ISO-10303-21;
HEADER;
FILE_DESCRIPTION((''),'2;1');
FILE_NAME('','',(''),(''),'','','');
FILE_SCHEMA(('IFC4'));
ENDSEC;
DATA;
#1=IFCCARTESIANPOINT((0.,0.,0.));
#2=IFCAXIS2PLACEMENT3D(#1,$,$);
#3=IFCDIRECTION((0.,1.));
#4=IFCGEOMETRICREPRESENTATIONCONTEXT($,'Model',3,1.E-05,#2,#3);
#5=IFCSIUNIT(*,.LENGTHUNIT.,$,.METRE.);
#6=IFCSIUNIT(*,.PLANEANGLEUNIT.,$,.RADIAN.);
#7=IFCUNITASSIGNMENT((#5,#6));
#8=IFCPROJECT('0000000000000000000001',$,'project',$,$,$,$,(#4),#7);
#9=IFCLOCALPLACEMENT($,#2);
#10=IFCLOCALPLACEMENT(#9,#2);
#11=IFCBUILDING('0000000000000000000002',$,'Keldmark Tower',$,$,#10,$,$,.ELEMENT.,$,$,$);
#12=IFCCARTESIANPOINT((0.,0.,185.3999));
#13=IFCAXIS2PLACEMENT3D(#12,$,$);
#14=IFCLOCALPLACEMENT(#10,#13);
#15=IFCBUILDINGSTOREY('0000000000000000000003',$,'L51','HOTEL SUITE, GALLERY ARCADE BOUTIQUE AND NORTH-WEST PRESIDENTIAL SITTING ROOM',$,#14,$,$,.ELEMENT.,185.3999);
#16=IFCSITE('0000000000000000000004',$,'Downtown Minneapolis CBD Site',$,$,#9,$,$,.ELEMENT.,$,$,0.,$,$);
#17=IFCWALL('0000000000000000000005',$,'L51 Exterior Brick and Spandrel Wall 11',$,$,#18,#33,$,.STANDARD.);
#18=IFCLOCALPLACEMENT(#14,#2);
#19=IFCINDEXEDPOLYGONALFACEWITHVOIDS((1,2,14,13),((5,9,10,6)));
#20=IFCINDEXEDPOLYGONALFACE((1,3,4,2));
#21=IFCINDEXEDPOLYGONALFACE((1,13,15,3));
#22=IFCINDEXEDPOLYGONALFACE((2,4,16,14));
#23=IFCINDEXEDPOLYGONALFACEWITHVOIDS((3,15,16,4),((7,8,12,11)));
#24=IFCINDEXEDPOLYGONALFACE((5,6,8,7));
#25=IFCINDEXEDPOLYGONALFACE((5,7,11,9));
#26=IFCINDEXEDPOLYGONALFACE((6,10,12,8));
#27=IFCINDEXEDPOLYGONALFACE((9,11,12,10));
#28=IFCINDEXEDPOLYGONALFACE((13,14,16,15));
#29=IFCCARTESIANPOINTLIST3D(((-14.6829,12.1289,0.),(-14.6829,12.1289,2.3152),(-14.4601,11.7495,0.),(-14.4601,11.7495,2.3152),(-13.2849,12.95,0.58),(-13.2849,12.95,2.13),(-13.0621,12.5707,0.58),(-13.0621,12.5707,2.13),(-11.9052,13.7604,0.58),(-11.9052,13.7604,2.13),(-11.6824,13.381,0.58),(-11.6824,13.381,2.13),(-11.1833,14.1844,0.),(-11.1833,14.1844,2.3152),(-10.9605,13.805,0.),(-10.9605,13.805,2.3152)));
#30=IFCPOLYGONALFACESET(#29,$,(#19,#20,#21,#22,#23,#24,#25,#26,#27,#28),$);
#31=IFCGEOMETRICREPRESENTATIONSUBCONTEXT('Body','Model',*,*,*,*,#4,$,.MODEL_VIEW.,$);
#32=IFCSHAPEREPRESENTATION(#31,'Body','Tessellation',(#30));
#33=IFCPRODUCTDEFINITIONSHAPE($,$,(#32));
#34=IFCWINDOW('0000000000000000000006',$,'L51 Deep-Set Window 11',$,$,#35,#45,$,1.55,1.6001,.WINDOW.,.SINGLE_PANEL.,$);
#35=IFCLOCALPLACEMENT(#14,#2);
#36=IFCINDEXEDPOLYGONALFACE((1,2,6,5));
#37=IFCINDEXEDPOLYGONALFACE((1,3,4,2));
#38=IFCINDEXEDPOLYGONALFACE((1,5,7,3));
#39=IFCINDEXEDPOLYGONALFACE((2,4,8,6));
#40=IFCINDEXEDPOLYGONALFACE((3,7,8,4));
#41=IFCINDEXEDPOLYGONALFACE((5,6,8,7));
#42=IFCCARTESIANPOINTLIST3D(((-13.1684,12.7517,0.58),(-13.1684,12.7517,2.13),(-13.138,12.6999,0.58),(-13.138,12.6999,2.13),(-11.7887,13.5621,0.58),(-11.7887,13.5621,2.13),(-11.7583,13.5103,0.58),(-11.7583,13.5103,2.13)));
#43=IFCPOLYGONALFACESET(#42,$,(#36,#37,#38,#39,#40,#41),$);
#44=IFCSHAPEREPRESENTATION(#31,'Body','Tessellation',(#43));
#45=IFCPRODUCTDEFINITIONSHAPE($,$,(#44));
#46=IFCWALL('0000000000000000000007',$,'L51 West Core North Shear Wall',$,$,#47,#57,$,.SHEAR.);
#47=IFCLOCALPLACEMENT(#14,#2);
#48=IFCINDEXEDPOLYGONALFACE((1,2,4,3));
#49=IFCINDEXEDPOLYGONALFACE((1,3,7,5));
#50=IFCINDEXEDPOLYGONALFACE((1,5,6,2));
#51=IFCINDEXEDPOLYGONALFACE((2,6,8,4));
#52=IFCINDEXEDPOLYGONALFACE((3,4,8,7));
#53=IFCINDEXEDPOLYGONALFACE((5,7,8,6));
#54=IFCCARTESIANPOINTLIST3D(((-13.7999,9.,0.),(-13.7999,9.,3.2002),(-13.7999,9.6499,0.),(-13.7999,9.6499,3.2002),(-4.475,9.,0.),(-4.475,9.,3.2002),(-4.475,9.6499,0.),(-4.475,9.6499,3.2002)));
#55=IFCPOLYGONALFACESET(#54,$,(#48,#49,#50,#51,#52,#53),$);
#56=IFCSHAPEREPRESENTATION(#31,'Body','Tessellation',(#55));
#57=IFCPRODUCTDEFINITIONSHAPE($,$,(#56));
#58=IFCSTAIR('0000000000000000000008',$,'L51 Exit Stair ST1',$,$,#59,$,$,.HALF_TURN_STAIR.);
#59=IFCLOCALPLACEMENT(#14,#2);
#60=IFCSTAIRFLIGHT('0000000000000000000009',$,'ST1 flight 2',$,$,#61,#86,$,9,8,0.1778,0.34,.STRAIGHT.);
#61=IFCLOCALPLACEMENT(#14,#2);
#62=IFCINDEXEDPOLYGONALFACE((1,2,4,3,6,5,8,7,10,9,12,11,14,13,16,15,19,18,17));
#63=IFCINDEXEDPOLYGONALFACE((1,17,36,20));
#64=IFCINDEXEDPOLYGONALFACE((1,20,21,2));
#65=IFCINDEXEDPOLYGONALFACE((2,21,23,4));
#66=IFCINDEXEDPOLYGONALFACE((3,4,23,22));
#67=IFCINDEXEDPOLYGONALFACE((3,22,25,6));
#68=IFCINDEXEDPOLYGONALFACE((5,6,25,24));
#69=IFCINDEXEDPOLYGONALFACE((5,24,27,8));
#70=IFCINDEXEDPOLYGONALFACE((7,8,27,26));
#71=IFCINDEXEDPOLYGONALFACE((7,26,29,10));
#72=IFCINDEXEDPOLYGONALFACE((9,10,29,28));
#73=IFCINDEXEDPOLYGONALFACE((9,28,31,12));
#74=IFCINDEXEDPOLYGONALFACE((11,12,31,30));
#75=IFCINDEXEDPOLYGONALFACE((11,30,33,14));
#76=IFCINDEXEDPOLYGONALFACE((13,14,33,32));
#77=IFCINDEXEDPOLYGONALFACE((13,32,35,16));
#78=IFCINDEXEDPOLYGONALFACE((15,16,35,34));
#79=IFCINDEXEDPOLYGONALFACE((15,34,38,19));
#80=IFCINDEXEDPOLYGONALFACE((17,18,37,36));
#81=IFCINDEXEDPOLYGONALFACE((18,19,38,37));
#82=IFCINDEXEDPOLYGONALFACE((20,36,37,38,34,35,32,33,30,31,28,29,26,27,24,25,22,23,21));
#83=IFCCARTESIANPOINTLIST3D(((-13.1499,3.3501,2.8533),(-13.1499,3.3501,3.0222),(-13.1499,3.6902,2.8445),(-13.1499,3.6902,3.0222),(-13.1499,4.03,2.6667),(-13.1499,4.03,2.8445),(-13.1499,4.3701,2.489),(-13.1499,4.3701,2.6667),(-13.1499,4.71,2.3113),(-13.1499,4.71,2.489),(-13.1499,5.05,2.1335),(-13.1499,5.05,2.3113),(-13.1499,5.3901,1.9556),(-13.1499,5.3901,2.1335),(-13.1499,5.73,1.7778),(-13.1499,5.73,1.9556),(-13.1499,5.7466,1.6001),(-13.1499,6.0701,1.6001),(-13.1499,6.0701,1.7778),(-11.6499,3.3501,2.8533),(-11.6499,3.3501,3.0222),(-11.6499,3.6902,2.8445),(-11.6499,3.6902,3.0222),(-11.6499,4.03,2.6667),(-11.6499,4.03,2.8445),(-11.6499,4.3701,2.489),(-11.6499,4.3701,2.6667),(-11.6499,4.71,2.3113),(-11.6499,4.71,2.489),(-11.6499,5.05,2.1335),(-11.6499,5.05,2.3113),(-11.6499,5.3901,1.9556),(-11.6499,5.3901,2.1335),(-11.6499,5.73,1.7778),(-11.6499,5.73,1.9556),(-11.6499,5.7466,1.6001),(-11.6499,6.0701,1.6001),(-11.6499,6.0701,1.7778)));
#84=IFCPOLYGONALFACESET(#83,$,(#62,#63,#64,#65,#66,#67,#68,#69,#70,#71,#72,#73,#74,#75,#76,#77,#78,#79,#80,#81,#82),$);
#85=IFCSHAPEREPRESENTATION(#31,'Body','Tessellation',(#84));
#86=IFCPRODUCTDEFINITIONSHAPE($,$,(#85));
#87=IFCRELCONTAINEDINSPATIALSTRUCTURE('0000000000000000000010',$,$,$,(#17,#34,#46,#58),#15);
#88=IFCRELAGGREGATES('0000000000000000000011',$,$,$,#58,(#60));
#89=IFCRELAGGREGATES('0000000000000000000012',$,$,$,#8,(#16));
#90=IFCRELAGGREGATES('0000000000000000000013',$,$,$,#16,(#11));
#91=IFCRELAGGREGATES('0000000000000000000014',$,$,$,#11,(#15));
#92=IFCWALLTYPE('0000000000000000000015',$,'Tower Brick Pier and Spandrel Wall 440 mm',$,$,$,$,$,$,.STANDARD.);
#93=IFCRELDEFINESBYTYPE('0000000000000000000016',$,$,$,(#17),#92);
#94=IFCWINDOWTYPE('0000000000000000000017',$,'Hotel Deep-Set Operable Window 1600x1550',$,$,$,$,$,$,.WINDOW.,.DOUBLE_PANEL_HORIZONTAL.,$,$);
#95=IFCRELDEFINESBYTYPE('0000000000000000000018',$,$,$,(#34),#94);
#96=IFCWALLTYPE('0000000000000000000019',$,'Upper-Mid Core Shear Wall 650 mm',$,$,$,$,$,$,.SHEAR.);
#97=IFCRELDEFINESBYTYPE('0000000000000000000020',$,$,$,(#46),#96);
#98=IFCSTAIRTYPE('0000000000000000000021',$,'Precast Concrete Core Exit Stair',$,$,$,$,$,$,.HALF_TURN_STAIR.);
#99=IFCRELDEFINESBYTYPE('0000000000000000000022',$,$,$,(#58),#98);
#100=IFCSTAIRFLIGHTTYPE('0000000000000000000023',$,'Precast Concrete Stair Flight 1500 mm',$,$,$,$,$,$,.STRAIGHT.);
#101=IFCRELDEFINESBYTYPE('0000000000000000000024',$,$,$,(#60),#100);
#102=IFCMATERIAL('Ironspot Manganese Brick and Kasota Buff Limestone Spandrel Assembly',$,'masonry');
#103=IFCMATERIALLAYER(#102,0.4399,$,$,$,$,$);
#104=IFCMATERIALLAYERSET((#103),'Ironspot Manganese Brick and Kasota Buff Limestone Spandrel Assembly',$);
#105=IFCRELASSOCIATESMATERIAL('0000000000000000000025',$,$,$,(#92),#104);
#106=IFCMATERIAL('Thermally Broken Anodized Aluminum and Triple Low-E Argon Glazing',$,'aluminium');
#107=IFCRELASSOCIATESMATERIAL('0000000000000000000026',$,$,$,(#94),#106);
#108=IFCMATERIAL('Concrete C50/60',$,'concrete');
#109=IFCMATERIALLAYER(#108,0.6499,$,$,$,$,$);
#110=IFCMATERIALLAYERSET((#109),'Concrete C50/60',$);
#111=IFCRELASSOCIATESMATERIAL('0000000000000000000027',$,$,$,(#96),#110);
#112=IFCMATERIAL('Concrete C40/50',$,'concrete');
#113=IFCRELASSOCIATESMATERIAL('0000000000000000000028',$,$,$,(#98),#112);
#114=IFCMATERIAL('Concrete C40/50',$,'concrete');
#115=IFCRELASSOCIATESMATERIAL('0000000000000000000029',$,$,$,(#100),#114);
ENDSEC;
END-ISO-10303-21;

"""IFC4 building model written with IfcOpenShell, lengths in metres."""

from ifc_helpers import new_model, si_unit, direction, frame, frame_2d, origin, place, context, subcontext, project, spatial, polyline, rectangle, outline, extrude, material, layer, layer_set, type_object, element, fill, aggregate, save


model = new_model("IFC4")

# Units and contexts
model_context = context("Model", 3, precision=1e-05, world=origin(), true_north=direction((0.0, 1.0)))
body_context = subcontext(model_context, "Body", "Model", "MODEL_VIEW")
ifc_project = project(units=[si_unit("LENGTHUNIT", "METRE"), si_unit("PLANEANGLEUNIT", "RADIAN")], contexts=[model_context])

# Site, building, storey
site_placement = place(None, origin())
site = spatial("IfcSite", under=ifc_project, at=site_placement, Name="Downtown Minneapolis CBD Site", CompositionType="ELEMENT", RefElevation=0.0)
building_placement = place(site_placement, origin())
building = spatial("IfcBuilding", under=site, at=building_placement, Name="Keldmark Tower", CompositionType="ELEMENT")
storey_placement = place(building_placement, frame((0.0, 0.0, 185.3999)))
storey = spatial("IfcBuildingStorey", under=building, at=storey_placement, Name="L51", Description="HOTEL SUITE, GALLERY ARCADE BOUTIQUE AND NORTH-WEST PRESIDENTIAL SITTING ROOM", CompositionType="ELEMENT", Elevation=185.3999)

# Wall, opening, window
ifc_material_1 = material(Name="Ironspot Manganese Brick and Kasota Buff Limestone Spandrel Assembly", Category="masonry")
ifc_layer_1 = layer(ifc_material_1, 0.4399)
ifc_layer_set_1 = layer_set([ifc_layer_1], Name="Ironspot Manganese Brick and Kasota Buff Limestone Spandrel Assembly")
wall_type_1 = type_object("IfcWallType", Name="Tower Brick Pier and Spandrel Wall 440 mm", PredefinedType="STANDARD", material=ifc_layer_set_1)
ifc_material_2 = material(Name="Thermally Broken Anodized Aluminum and Triple Low-E Argon Glazing", Category="aluminium")
window_type = type_object("IfcWindowType", Name="Hotel Deep-Set Operable Window 1600x1550", PartitioningType="DOUBLE_PANEL_HORIZONTAL", PredefinedType="WINDOW", material=ifc_material_2)
wall_1_placement = place(storey_placement, frame((-14.5715, 11.9392, 0.0), z_axis=(0.0, 0.0, 1.0), x_axis=(0.86227, 0.50645, 0.0)))
wall_1 = element("IfcWall", 1, at=wall_1_placement, inside=storey, type_object=wall_type_1, Name="L51 Exterior Brick and Spandrel Wall 11", PredefinedType="STANDARD", context=body_context, shape_type="SweptSolid", body=[
    extrude(rectangle(XDim=4.0586, YDim=0.4399, at=frame_2d((2.0293, 0.0))), origin(), (0.0, 0.0, 1.0), 2.3152),
])
opening_1_placement = place(wall_1_placement, frame((1.6213, 0.0, 0.5801)))
opening_1 = element("IfcOpeningElement", 2, at=opening_1_placement, cuts=wall_1, PredefinedType="OPENING", context=body_context, shape_type="SweptSolid", body=[
    extrude(rectangle(XDim=1.6001, YDim=1.55, at=frame_2d((0.8, 0.7749))), frame((0.0, 0.23, 0.0), z_axis=(0.0, -1.0, 0.0), x_axis=(1.0, 0.0, 0.0)), (0.0, 0.0, 1.0), 0.46),
])
window_1_placement = place(opening_1_placement, origin())
window_1 = element("IfcWindow", 3, at=window_1_placement, inside=storey, type_object=window_type, Name="L51 Deep-Set Window 11", OverallHeight=1.55, OverallWidth=1.6001, PartitioningType="SINGLE_PANEL", PredefinedType="WINDOW", context=body_context, shape_type="SweptSolid", body=[
    extrude(rectangle(XDim=1.6001, YDim=1.55, at=frame_2d((0.8, 0.7749))), frame((0.0, -0.01, 0.0), z_axis=(0.0, -1.0, 0.0), x_axis=(1.0, 0.0, 0.0)), (0.0, 0.0, 1.0), 0.0601),
])
fill(opening_1, window_1)

# Wall
ifc_material_3 = material(Name="Concrete C50/60", Category="concrete")
ifc_layer_2 = layer(ifc_material_3, 0.6499)
ifc_layer_set_2 = layer_set([ifc_layer_2], Name="Concrete C50/60")
wall_type_2 = type_object("IfcWallType", Name="Upper-Mid Core Shear Wall 650 mm", PredefinedType="SHEAR", material=ifc_layer_set_2)
wall_2_placement = place(storey_placement, frame((-13.8, 9.325, 0.0), z_axis=(0.0, 0.0, 1.0), x_axis=(1.0, 0.0, 0.0)))
element("IfcWall", 4, at=wall_2_placement, inside=storey, type_object=wall_type_2, Name="L51 West Core North Shear Wall", PredefinedType="SHEAR", context=body_context, shape_type="SweptSolid", body=[
    extrude(rectangle(XDim=9.325, YDim=0.6499, at=frame_2d((4.6626, 0.0))), origin(), (0.0, 0.0, 1.0), 3.2002),
])

# Stair, stair flight
ifc_material_4 = material(Name="Concrete C40/50", Category="concrete")
stair_type = type_object("IfcStairType", Name="Precast Concrete Core Exit Stair", PredefinedType="HALF_TURN_STAIR", material=ifc_material_4)
stair_placement = place(storey_placement, origin())
stair = element("IfcStair", 5, at=stair_placement, inside=storey, type_object=stair_type, Name="L51 Exit Stair ST1", PredefinedType="HALF_TURN_STAIR")
ifc_material_5 = material(Name="Concrete C40/50", Category="concrete")
stair_flight_type = type_object("IfcStairFlightType", Name="Precast Concrete Stair Flight 1500 mm", PredefinedType="STRAIGHT", material=ifc_material_5)
stair_flight_placement = place(storey_placement, frame((-12.3999, 6.0701, 1.6001), z_axis=(0.0, 0.0, 1.0), x_axis=(0.0, -1.0, 0.0)))
stair_flight = element("IfcStairFlight", 6, at=stair_flight_placement, type_object=stair_flight_type, Name="ST1 flight 2", NumberOfRisers=9, NumberOfTreads=8, PredefinedType="STRAIGHT", RiserHeight=0.1778, TreadLength=0.34, context=body_context, shape_type="SweptSolid", body=[
    extrude(outline(polyline([(0.0, 0.0), (0.0, 0.1777), (0.3401, 0.1777), (0.3401, 0.3555), (0.6799, 0.3555), (0.6799, 0.5334), (1.02, 0.5334), (1.02, 0.7112), (1.3601, 0.7112), (1.3601, 0.8889), (1.7, 0.8889), (1.7, 1.0667), (2.04, 1.0667), (2.04, 1.2444), (2.3799, 1.2444), (2.3799, 1.4221), (2.72, 1.4221), (2.72, 1.6001), (2.72, 1.2532), (0.3235, 0.0), (0.0, 0.0)])), frame((0.0, 0.75, 0.0), z_axis=(0.0, -1.0, 0.0), x_axis=(1.0, 0.0, 0.0)), (0.0, 0.0, 1.0), 1.5),
])
aggregate(stair, [stair_flight])

save(model, "model.ifc")
